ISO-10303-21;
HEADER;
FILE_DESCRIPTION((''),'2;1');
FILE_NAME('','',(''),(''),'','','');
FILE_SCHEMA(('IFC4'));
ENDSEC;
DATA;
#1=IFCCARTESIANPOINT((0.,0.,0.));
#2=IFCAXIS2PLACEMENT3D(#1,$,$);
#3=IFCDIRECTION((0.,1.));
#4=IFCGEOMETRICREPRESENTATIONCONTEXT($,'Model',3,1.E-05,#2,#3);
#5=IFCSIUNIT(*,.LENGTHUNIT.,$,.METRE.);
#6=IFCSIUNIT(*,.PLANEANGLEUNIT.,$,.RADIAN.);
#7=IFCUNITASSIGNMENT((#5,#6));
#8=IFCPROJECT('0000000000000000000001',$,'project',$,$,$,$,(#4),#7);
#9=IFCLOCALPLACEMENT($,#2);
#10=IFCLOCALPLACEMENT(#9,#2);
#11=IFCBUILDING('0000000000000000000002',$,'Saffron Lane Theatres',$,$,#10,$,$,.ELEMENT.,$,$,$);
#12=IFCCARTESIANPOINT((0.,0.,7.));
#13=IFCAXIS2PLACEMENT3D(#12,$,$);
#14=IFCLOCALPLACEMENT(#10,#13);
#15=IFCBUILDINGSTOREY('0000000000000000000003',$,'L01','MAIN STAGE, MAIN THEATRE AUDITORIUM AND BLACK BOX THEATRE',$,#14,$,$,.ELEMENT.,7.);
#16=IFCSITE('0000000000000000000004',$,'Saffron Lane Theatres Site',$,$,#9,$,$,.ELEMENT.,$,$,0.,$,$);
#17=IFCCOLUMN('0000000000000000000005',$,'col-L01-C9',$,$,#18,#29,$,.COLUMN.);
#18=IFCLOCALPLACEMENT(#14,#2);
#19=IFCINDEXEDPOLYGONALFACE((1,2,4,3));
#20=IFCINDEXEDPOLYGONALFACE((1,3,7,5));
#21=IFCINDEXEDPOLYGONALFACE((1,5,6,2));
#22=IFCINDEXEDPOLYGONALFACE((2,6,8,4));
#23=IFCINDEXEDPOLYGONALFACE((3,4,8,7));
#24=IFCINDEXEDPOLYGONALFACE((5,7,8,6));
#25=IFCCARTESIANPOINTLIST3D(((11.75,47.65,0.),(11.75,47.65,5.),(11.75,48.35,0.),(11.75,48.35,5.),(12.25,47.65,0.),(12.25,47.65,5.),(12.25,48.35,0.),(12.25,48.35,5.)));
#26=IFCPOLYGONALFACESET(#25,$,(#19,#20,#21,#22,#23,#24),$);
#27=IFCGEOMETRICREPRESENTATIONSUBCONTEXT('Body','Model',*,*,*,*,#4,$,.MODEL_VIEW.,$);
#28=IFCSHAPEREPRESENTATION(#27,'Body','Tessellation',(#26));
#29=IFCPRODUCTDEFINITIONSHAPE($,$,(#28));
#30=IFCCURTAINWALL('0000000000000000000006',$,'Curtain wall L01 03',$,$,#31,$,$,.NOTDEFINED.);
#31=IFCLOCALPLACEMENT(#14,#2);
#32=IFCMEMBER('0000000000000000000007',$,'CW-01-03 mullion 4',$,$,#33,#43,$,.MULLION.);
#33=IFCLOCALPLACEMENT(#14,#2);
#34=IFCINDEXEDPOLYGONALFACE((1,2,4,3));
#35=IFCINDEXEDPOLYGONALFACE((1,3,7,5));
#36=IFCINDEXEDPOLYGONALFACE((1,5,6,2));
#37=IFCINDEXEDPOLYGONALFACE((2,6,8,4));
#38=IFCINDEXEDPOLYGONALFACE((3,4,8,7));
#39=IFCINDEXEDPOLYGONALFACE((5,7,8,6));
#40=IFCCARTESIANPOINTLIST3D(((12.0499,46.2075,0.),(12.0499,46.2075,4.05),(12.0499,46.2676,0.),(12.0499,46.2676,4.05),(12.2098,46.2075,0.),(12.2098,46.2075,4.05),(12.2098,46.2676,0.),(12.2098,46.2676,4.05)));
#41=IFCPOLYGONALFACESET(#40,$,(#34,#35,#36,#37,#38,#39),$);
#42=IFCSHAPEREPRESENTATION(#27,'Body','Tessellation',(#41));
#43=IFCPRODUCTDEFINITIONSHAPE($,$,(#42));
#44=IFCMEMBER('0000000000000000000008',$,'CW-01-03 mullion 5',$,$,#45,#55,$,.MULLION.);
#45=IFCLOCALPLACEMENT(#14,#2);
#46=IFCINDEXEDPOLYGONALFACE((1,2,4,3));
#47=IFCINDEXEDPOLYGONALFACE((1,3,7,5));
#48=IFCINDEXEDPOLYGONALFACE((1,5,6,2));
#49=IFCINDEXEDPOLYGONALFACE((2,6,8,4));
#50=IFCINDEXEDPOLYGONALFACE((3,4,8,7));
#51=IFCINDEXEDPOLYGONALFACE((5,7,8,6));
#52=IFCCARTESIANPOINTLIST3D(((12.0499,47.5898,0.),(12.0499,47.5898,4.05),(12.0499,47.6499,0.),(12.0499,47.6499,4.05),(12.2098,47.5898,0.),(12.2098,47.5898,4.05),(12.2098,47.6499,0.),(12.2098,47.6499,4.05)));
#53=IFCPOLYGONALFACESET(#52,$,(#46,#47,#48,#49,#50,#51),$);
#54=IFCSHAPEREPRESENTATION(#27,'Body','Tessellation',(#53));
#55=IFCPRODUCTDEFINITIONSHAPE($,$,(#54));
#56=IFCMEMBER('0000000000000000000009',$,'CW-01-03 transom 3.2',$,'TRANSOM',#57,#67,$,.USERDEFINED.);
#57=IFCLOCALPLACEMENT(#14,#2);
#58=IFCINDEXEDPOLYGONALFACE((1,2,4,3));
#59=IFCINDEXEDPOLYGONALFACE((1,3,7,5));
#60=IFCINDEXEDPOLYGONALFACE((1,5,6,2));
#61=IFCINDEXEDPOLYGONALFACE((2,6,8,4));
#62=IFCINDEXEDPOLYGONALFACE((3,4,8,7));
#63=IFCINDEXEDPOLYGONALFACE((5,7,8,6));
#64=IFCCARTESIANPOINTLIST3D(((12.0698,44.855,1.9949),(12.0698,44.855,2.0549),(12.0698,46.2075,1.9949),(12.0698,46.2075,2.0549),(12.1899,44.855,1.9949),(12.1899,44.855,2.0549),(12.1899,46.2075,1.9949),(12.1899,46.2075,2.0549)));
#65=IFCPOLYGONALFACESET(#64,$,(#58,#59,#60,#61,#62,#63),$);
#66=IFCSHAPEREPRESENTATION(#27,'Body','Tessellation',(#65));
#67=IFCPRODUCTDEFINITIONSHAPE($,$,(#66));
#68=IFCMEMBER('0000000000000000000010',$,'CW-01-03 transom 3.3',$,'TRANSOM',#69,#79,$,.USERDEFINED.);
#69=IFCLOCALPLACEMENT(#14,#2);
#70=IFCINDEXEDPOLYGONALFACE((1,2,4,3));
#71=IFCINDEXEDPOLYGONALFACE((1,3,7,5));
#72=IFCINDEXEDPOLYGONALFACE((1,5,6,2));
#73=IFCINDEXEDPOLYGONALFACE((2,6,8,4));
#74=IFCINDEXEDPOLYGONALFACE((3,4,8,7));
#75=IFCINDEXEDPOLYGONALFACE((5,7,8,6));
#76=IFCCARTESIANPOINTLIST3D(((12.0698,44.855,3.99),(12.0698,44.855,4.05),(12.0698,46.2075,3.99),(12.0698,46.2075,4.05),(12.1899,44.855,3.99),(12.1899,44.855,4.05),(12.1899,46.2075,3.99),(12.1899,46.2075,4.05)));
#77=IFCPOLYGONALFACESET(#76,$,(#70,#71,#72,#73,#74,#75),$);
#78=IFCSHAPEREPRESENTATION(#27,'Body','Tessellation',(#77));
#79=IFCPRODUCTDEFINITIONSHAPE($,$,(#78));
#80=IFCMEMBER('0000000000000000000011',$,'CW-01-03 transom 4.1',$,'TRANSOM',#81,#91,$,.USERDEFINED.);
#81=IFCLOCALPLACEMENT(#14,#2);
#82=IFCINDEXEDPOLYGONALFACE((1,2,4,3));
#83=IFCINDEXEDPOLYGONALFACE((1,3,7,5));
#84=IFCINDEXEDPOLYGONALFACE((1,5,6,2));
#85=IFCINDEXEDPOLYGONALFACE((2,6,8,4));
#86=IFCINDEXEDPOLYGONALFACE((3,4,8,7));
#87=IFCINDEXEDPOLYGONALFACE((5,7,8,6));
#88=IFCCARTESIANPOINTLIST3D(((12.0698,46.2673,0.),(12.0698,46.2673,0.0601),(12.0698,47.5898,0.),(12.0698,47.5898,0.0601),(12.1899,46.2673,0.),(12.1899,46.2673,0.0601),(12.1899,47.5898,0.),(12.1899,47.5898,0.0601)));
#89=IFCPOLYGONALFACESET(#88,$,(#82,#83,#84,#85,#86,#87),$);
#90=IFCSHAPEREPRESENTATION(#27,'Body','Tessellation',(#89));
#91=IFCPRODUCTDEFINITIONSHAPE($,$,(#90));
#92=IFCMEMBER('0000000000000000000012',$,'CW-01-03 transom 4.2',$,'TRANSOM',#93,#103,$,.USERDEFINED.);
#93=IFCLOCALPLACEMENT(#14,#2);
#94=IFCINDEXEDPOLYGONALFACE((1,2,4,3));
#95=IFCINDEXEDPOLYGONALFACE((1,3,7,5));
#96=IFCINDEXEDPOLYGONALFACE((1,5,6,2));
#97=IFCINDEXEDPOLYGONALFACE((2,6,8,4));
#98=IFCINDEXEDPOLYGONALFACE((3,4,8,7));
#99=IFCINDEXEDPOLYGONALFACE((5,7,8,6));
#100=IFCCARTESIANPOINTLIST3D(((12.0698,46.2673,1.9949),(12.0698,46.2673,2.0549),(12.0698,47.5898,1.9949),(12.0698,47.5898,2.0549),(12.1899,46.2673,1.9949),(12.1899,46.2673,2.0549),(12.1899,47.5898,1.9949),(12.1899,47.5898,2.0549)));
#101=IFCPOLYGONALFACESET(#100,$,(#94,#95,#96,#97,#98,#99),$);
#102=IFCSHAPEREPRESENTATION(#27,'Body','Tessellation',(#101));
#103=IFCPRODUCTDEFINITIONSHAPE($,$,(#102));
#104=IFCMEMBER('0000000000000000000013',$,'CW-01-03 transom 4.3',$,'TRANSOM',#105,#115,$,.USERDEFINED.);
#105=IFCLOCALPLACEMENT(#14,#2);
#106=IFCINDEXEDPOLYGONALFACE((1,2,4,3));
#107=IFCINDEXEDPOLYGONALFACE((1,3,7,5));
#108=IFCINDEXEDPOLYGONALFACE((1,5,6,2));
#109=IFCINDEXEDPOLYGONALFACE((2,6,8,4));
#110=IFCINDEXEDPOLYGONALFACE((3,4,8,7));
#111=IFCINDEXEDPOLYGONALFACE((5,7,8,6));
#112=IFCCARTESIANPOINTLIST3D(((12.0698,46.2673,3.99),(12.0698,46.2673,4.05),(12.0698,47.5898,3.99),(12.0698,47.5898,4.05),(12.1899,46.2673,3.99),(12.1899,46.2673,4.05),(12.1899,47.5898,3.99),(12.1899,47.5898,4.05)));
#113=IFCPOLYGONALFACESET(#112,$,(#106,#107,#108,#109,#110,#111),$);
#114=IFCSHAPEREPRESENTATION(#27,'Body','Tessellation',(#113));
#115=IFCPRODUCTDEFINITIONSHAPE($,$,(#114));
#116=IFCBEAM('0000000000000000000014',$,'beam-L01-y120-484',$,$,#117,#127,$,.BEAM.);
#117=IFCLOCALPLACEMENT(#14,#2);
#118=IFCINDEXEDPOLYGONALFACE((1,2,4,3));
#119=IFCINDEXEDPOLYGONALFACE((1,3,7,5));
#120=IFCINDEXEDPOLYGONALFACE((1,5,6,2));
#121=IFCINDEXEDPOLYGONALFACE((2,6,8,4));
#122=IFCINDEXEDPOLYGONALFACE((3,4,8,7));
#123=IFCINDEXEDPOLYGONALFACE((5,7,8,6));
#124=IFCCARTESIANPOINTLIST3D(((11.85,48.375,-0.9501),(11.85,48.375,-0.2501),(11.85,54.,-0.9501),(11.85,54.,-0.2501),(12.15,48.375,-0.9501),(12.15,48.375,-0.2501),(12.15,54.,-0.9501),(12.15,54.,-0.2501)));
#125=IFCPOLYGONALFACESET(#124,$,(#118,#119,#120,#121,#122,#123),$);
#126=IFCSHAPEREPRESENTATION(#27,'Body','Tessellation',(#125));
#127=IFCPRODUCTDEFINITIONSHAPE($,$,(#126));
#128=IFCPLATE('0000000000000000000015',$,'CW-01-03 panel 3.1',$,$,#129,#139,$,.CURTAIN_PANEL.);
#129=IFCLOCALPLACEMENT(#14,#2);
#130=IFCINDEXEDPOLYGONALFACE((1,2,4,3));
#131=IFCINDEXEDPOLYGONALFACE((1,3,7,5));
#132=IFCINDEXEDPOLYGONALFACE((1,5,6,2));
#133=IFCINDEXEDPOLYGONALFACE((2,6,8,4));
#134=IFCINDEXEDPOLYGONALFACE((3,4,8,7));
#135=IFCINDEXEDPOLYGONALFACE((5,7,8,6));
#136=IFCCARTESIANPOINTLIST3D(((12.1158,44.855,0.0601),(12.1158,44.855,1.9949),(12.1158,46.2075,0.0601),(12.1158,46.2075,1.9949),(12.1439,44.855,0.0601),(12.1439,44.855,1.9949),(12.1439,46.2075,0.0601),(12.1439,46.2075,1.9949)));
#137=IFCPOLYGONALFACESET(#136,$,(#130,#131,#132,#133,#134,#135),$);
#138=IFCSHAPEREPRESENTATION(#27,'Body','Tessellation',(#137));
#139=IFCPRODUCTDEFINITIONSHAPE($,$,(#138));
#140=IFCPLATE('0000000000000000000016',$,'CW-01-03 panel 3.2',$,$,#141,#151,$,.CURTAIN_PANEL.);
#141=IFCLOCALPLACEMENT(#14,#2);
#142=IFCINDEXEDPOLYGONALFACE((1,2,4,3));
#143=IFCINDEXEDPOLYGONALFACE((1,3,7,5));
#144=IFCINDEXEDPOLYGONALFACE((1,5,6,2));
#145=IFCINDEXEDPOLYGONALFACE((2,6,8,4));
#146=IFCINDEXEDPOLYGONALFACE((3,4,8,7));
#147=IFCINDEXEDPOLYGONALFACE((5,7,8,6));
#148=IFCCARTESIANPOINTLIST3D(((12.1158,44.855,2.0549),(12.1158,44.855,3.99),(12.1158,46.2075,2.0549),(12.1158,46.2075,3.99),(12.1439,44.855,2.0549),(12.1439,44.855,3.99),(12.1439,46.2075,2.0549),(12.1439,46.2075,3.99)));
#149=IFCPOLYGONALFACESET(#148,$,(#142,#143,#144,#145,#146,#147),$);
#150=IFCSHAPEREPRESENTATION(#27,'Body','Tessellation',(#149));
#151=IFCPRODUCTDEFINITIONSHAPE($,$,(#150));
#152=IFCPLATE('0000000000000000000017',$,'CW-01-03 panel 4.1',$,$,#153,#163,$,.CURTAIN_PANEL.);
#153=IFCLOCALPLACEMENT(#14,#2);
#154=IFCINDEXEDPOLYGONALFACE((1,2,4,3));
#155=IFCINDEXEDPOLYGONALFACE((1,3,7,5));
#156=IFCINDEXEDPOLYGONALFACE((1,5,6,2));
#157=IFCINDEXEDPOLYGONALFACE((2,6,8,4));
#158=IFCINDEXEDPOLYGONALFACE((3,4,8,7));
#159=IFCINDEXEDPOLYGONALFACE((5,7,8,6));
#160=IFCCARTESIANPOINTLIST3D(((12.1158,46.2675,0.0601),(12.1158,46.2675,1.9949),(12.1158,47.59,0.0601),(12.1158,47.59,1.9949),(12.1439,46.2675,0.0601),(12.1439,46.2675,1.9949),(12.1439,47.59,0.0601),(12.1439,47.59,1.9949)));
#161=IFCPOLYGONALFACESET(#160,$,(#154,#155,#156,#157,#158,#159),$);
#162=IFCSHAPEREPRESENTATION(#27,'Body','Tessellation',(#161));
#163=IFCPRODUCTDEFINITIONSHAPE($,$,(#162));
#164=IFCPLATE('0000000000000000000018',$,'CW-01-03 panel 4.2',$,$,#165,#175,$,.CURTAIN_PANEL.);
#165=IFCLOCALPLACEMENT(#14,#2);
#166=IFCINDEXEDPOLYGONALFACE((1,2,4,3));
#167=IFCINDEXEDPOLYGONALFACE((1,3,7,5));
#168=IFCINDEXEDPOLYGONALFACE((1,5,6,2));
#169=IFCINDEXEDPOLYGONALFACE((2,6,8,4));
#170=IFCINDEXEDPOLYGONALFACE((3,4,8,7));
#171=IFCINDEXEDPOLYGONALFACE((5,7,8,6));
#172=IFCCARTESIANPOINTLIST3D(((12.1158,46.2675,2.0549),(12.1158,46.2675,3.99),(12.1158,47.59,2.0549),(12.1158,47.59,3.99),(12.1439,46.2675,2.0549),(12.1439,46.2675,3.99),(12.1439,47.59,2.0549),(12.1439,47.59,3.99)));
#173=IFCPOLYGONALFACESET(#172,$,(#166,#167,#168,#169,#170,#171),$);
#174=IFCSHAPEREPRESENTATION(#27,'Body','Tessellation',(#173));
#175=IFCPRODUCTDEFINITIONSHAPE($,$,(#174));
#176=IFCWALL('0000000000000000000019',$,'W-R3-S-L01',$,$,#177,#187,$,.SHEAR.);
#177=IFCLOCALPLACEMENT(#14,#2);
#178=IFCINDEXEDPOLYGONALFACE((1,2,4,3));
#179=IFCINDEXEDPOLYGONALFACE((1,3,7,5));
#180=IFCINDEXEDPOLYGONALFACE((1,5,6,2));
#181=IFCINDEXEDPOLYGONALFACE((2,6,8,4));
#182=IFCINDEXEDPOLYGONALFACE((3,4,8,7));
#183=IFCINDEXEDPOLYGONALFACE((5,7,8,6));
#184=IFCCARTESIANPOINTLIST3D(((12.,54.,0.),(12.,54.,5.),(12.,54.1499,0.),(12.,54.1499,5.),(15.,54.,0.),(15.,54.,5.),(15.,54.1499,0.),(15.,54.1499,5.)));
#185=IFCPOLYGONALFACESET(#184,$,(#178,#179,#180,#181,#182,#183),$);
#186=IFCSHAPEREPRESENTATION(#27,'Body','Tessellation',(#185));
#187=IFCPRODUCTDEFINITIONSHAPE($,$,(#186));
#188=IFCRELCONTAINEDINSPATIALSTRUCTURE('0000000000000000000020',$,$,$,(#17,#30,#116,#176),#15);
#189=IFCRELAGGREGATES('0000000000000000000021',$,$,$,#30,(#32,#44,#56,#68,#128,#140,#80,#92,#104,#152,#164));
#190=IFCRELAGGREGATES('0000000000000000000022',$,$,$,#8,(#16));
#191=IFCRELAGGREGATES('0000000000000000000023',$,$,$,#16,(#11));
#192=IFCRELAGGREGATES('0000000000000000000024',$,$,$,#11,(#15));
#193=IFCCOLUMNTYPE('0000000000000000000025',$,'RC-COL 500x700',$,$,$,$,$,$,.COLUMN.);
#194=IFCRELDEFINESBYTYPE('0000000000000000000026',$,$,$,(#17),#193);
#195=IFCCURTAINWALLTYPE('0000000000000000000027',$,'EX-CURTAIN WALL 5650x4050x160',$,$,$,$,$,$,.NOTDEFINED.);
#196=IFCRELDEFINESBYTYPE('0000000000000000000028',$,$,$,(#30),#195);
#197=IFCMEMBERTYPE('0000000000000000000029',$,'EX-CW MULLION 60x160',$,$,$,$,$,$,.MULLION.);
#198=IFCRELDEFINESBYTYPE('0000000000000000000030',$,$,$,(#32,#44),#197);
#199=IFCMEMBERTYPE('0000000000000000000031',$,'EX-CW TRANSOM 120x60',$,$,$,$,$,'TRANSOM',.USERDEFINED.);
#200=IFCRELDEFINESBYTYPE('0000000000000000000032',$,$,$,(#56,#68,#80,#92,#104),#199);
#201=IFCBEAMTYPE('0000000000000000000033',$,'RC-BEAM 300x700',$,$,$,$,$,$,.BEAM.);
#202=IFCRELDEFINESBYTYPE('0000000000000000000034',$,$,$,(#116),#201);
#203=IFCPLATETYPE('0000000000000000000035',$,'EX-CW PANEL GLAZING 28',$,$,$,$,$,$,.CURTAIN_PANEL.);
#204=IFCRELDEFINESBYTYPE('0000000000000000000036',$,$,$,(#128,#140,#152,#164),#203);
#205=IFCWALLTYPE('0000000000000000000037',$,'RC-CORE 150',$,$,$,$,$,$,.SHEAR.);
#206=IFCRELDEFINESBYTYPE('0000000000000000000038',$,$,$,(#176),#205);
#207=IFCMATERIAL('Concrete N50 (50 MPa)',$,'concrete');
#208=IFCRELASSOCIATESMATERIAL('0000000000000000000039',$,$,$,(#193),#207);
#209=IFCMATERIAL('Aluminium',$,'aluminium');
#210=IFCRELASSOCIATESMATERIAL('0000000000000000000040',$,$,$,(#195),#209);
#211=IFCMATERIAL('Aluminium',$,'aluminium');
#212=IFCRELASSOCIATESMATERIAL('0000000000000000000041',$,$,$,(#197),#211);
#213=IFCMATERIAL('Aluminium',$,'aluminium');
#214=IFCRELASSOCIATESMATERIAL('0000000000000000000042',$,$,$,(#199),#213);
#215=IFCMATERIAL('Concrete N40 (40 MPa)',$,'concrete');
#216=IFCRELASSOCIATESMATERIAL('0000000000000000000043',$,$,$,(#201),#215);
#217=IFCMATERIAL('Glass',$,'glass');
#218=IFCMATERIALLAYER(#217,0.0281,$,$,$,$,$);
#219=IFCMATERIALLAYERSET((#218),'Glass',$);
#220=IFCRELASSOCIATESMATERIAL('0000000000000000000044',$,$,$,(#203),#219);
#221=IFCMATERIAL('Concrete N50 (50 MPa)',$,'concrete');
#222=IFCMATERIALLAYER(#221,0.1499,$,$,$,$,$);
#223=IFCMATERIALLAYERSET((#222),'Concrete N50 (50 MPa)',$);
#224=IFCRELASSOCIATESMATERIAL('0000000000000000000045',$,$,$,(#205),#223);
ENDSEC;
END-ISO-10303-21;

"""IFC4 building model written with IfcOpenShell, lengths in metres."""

from ifc_helpers import new_model, si_unit, direction, frame, frame_2d, origin, origin_2d, place, context, subcontext, project, spatial, rectangle, extrude, material, layer, layer_set, material_profile, profile_set, type_object, element, aggregate, save


model = new_model("IFC4")

# Units and contexts
model_context = context("Model", 3, precision=1e-05, world=origin(), true_north=direction((0.0, 1.0)))
body_context = subcontext(model_context, "Body", "Model", "MODEL_VIEW")
ifc_project = project(units=[si_unit("LENGTHUNIT", "METRE"), si_unit("PLANEANGLEUNIT", "RADIAN")], contexts=[model_context])

# Site, building, storey
site_placement = place(None, origin())
site = spatial("IfcSite", under=ifc_project, at=site_placement, Name="Saffron Lane Theatres Site", CompositionType="ELEMENT", RefElevation=0.0)
building_placement = place(site_placement, origin())
building = spatial("IfcBuilding", under=site, at=building_placement, Name="Saffron Lane Theatres", CompositionType="ELEMENT")
storey_placement = place(building_placement, frame((0.0, 0.0, 7.0)))
storey = spatial("IfcBuildingStorey", under=building, at=storey_placement, Name="L01", Description="MAIN STAGE, MAIN THEATRE AUDITORIUM AND BLACK BOX THEATRE", CompositionType="ELEMENT", Elevation=7.0)

# Column
ifc_material_1 = material(Name="Concrete N50 (50 MPa)", Category="concrete")
ifc_material_profile_1 = material_profile(ifc_material_1, rectangle(XDim=0.5, YDim=0.7, at=origin_2d()))
ifc_profile_set_1 = profile_set([ifc_material_profile_1], Name="Concrete N50 (50 MPa)")
column_type = type_object("IfcColumnType", Name="RC-COL 500x700", PredefinedType="COLUMN", material=ifc_profile_set_1)
column_placement = place(storey_placement, frame((12.0, 48.0, 0.0), z_axis=(0.0, 0.0, 1.0), x_axis=(1.0, 0.0, 0.0)))
element("IfcColumn", 1, at=column_placement, inside=storey, type_object=column_type, Name="col-L01-C9", PredefinedType="COLUMN", context=body_context, shape_type="SweptSolid", body=[
    extrude(rectangle(XDim=0.5, YDim=0.7, at=origin_2d()), origin(), (0.0, 0.0, 1.0), 5.0),
])

# Curtain wall, members
ifc_material_2 = material(Name="Aluminium", Category="aluminium")
curtain_wall_type = type_object("IfcCurtainWallType", Name="EX-CURTAIN WALL 5650x4050x160", PredefinedType="NOTDEFINED", material=ifc_material_2)
curtain_wall_placement = place(storey_placement, origin())
curtain_wall = element("IfcCurtainWall", 2, at=curtain_wall_placement, inside=storey, type_object=curtain_wall_type, Name="Curtain wall L01 03", PredefinedType="NOTDEFINED")
ifc_material_3 = material(Name="Aluminium", Category="aluminium")
ifc_material_profile_2 = material_profile(ifc_material_3, rectangle(XDim=0.0601, YDim=0.1599, at=origin_2d()))
ifc_profile_set_2 = profile_set([ifc_material_profile_2], Name="Aluminium")
member_type_1 = type_object("IfcMemberType", Name="EX-CW MULLION 60x160", PredefinedType="MULLION", material=ifc_profile_set_2)
member_1_placement = place(storey_placement, frame((12.1299, 46.2375, 0.0), z_axis=(0.0, 0.0, 1.0), x_axis=(0.0, 1.0, 0.0)))
member_1 = element("IfcMember", 3, at=member_1_placement, type_object=member_type_1, Name="CW-01-03 mullion 4", PredefinedType="MULLION", context=body_context, shape_type="SweptSolid", body=[
    extrude(rectangle(XDim=0.0601, YDim=0.1599, at=origin_2d()), origin(), (0.0, 0.0, 1.0), 4.05),
])
member_2_placement = place(storey_placement, frame((12.1299, 47.6199, 0.0), z_axis=(0.0, 0.0, 1.0), x_axis=(0.0, 1.0, 0.0)))
member_2 = element("IfcMember", 4, at=member_2_placement, type_object=member_type_1, Name="CW-01-03 mullion 5", PredefinedType="MULLION", context=body_context, shape_type="SweptSolid", body=[
    extrude(rectangle(XDim=0.0601, YDim=0.1599, at=origin_2d()), origin(), (0.0, 0.0, 1.0), 4.05),
])
ifc_material_4 = material(Name="Aluminium", Category="aluminium")
ifc_material_profile_3 = material_profile(ifc_material_4, rectangle(XDim=0.1201, YDim=0.0601, at=origin_2d()))
ifc_profile_set_3 = profile_set([ifc_material_profile_3], Name="Aluminium")
member_type_2 = type_object("IfcMemberType", Name="EX-CW TRANSOM 120x60", ElementType="TRANSOM", PredefinedType="USERDEFINED", material=ifc_profile_set_3)
member_3_placement = place(storey_placement, frame((12.1299, 44.855, 2.0249), z_axis=(0.0, 1.0, 0.0), x_axis=(-1.0, 0.0, 0.0)))
member_3 = element("IfcMember", 5, at=member_3_placement, type_object=member_type_2, Name="CW-01-03 transom 3.2", ObjectType="TRANSOM", PredefinedType="USERDEFINED", context=body_context, shape_type="SweptSolid", body=[
    extrude(rectangle(XDim=0.1201, YDim=0.0601, at=origin_2d()), origin(), (0.0, 0.0, 1.0), 1.3525),
])
member_4_placement = place(storey_placement, frame((12.1299, 44.855, 4.02), z_axis=(0.0, 1.0, 0.0), x_axis=(-1.0, 0.0, 0.0)))
member_4 = element("IfcMember", 6, at=member_4_placement, type_object=member_type_2, Name="CW-01-03 transom 3.3", ObjectType="TRANSOM", PredefinedType="USERDEFINED", context=body_context, shape_type="SweptSolid", body=[
    extrude(rectangle(XDim=0.1201, YDim=0.0601, at=origin_2d()), origin(), (0.0, 0.0, 1.0), 1.3525),
])
member_5_placement = place(storey_placement, frame((12.1299, 46.2673, 0.03), z_axis=(0.0, 1.0, 0.0), x_axis=(-1.0, 0.0, 0.0)))
member_5 = element("IfcMember", 7, at=member_5_placement, type_object=member_type_2, Name="CW-01-03 transom 4.1", ObjectType="TRANSOM", PredefinedType="USERDEFINED", context=body_context, shape_type="SweptSolid", body=[
    extrude(rectangle(XDim=0.1201, YDim=0.0601, at=origin_2d()), origin(), (0.0, 0.0, 1.0), 1.3225),
])
member_6_placement = place(storey_placement, frame((12.1299, 46.2673, 2.0249), z_axis=(0.0, 1.0, 0.0), x_axis=(-1.0, 0.0, 0.0)))
member_6 = element("IfcMember", 8, at=member_6_placement, type_object=member_type_2, Name="CW-01-03 transom 4.2", ObjectType="TRANSOM", PredefinedType="USERDEFINED", context=body_context, shape_type="SweptSolid", body=[
    extrude(rectangle(XDim=0.1201, YDim=0.0601, at=origin_2d()), origin(), (0.0, 0.0, 1.0), 1.3225),
])
member_7_placement = place(storey_placement, frame((12.1299, 46.2673, 4.02), z_axis=(0.0, 1.0, 0.0), x_axis=(-1.0, 0.0, 0.0)))
member_7 = element("IfcMember", 9, at=member_7_placement, type_object=member_type_2, Name="CW-01-03 transom 4.3", ObjectType="TRANSOM", PredefinedType="USERDEFINED", context=body_context, shape_type="SweptSolid", body=[
    extrude(rectangle(XDim=0.1201, YDim=0.0601, at=origin_2d()), origin(), (0.0, 0.0, 1.0), 1.3225),
])

# Beam
ifc_material_5 = material(Name="Concrete N40 (40 MPa)", Category="concrete")
ifc_material_profile_4 = material_profile(ifc_material_5, rectangle(XDim=0.3, YDim=0.7, at=origin_2d()))
ifc_profile_set_4 = profile_set([ifc_material_profile_4], Name="Concrete N40 (40 MPa)")
beam_type = type_object("IfcBeamType", Name="RC-BEAM 300x700", PredefinedType="BEAM", material=ifc_profile_set_4)
beam_placement = place(storey_placement, frame((12.0, 48.375, -0.6001), z_axis=(0.0, 1.0, 0.0), x_axis=(-1.0, 0.0, 0.0)))
element("IfcBeam", 10, at=beam_placement, inside=storey, type_object=beam_type, Name="beam-L01-y120-484", PredefinedType="BEAM", context=body_context, shape_type="SweptSolid", body=[
    extrude(rectangle(XDim=0.3, YDim=0.7, at=origin_2d()), origin(), (0.0, 0.0, 1.0), 5.625),
])

# Plates
ifc_material_6 = material(Name="Glass", Category="glass")
ifc_layer_1 = layer(ifc_material_6, 0.0281)
ifc_layer_set_1 = layer_set([ifc_layer_1], Name="Glass")
plate_type = type_object("IfcPlateType", Name="EX-CW PANEL GLAZING 28", PredefinedType="CURTAIN_PANEL", material=ifc_layer_set_1)
plate_1_placement = place(storey_placement, frame((12.1299, 45.5312, 0.0601), z_axis=(0.0, 0.0, 1.0), x_axis=(0.0, 1.0, 0.0)))
plate_1 = element("IfcPlate", 11, at=plate_1_placement, type_object=plate_type, Name="CW-01-03 panel 3.1", PredefinedType="CURTAIN_PANEL", context=body_context, shape_type="SweptSolid", body=[
    extrude(rectangle(XDim=1.3525, YDim=0.0281, at=origin_2d()), origin(), (0.0, 0.0, 1.0), 1.9348),
])
plate_2_placement = place(storey_placement, frame((12.1299, 45.5312, 2.0549), z_axis=(0.0, 0.0, 1.0), x_axis=(0.0, 1.0, 0.0)))
plate_2 = element("IfcPlate", 12, at=plate_2_placement, type_object=plate_type, Name="CW-01-03 panel 3.2", PredefinedType="CURTAIN_PANEL", context=body_context, shape_type="SweptSolid", body=[
    extrude(rectangle(XDim=1.3525, YDim=0.0281, at=origin_2d()), origin(), (0.0, 0.0, 1.0), 1.9351),
])
plate_3_placement = place(storey_placement, frame((12.1299, 46.9287, 0.0601), z_axis=(0.0, 0.0, 1.0), x_axis=(0.0, 1.0, 0.0)))
plate_3 = element("IfcPlate", 13, at=plate_3_placement, type_object=plate_type, Name="CW-01-03 panel 4.1", PredefinedType="CURTAIN_PANEL", context=body_context, shape_type="SweptSolid", body=[
    extrude(rectangle(XDim=1.3225, YDim=0.0281, at=origin_2d()), origin(), (0.0, 0.0, 1.0), 1.9348),
])
plate_4_placement = place(storey_placement, frame((12.1299, 46.9287, 2.0549), z_axis=(0.0, 0.0, 1.0), x_axis=(0.0, 1.0, 0.0)))
plate_4 = element("IfcPlate", 14, at=plate_4_placement, type_object=plate_type, Name="CW-01-03 panel 4.2", PredefinedType="CURTAIN_PANEL", context=body_context, shape_type="SweptSolid", body=[
    extrude(rectangle(XDim=1.3225, YDim=0.0281, at=origin_2d()), origin(), (0.0, 0.0, 1.0), 1.9351),
])
aggregate(curtain_wall, [member_1, member_2, member_3, member_4, plate_1, plate_2, member_5, member_6, member_7, plate_3, plate_4])

# Wall
ifc_material_7 = material(Name="Concrete N50 (50 MPa)", Category="concrete")
ifc_layer_2 = layer(ifc_material_7, 0.1499)
ifc_layer_set_2 = layer_set([ifc_layer_2], Name="Concrete N50 (50 MPa)")
wall_type = type_object("IfcWallType", Name="RC-CORE 150", PredefinedType="SHEAR", material=ifc_layer_set_2)
wall_placement = place(storey_placement, frame((12.0, 54.075, 0.0), z_axis=(0.0, 0.0, 1.0), x_axis=(1.0, 0.0, 0.0)))
element("IfcWall", 15, at=wall_placement, inside=storey, type_object=wall_type, Name="W-R3-S-L01", PredefinedType="SHEAR", context=body_context, shape_type="SweptSolid", body=[
    extrude(rectangle(XDim=3.0, YDim=0.1499, at=frame_2d((1.5, 0.0))), origin(), (0.0, 0.0, 1.0), 5.0),
])

save(model, "model.ifc")
